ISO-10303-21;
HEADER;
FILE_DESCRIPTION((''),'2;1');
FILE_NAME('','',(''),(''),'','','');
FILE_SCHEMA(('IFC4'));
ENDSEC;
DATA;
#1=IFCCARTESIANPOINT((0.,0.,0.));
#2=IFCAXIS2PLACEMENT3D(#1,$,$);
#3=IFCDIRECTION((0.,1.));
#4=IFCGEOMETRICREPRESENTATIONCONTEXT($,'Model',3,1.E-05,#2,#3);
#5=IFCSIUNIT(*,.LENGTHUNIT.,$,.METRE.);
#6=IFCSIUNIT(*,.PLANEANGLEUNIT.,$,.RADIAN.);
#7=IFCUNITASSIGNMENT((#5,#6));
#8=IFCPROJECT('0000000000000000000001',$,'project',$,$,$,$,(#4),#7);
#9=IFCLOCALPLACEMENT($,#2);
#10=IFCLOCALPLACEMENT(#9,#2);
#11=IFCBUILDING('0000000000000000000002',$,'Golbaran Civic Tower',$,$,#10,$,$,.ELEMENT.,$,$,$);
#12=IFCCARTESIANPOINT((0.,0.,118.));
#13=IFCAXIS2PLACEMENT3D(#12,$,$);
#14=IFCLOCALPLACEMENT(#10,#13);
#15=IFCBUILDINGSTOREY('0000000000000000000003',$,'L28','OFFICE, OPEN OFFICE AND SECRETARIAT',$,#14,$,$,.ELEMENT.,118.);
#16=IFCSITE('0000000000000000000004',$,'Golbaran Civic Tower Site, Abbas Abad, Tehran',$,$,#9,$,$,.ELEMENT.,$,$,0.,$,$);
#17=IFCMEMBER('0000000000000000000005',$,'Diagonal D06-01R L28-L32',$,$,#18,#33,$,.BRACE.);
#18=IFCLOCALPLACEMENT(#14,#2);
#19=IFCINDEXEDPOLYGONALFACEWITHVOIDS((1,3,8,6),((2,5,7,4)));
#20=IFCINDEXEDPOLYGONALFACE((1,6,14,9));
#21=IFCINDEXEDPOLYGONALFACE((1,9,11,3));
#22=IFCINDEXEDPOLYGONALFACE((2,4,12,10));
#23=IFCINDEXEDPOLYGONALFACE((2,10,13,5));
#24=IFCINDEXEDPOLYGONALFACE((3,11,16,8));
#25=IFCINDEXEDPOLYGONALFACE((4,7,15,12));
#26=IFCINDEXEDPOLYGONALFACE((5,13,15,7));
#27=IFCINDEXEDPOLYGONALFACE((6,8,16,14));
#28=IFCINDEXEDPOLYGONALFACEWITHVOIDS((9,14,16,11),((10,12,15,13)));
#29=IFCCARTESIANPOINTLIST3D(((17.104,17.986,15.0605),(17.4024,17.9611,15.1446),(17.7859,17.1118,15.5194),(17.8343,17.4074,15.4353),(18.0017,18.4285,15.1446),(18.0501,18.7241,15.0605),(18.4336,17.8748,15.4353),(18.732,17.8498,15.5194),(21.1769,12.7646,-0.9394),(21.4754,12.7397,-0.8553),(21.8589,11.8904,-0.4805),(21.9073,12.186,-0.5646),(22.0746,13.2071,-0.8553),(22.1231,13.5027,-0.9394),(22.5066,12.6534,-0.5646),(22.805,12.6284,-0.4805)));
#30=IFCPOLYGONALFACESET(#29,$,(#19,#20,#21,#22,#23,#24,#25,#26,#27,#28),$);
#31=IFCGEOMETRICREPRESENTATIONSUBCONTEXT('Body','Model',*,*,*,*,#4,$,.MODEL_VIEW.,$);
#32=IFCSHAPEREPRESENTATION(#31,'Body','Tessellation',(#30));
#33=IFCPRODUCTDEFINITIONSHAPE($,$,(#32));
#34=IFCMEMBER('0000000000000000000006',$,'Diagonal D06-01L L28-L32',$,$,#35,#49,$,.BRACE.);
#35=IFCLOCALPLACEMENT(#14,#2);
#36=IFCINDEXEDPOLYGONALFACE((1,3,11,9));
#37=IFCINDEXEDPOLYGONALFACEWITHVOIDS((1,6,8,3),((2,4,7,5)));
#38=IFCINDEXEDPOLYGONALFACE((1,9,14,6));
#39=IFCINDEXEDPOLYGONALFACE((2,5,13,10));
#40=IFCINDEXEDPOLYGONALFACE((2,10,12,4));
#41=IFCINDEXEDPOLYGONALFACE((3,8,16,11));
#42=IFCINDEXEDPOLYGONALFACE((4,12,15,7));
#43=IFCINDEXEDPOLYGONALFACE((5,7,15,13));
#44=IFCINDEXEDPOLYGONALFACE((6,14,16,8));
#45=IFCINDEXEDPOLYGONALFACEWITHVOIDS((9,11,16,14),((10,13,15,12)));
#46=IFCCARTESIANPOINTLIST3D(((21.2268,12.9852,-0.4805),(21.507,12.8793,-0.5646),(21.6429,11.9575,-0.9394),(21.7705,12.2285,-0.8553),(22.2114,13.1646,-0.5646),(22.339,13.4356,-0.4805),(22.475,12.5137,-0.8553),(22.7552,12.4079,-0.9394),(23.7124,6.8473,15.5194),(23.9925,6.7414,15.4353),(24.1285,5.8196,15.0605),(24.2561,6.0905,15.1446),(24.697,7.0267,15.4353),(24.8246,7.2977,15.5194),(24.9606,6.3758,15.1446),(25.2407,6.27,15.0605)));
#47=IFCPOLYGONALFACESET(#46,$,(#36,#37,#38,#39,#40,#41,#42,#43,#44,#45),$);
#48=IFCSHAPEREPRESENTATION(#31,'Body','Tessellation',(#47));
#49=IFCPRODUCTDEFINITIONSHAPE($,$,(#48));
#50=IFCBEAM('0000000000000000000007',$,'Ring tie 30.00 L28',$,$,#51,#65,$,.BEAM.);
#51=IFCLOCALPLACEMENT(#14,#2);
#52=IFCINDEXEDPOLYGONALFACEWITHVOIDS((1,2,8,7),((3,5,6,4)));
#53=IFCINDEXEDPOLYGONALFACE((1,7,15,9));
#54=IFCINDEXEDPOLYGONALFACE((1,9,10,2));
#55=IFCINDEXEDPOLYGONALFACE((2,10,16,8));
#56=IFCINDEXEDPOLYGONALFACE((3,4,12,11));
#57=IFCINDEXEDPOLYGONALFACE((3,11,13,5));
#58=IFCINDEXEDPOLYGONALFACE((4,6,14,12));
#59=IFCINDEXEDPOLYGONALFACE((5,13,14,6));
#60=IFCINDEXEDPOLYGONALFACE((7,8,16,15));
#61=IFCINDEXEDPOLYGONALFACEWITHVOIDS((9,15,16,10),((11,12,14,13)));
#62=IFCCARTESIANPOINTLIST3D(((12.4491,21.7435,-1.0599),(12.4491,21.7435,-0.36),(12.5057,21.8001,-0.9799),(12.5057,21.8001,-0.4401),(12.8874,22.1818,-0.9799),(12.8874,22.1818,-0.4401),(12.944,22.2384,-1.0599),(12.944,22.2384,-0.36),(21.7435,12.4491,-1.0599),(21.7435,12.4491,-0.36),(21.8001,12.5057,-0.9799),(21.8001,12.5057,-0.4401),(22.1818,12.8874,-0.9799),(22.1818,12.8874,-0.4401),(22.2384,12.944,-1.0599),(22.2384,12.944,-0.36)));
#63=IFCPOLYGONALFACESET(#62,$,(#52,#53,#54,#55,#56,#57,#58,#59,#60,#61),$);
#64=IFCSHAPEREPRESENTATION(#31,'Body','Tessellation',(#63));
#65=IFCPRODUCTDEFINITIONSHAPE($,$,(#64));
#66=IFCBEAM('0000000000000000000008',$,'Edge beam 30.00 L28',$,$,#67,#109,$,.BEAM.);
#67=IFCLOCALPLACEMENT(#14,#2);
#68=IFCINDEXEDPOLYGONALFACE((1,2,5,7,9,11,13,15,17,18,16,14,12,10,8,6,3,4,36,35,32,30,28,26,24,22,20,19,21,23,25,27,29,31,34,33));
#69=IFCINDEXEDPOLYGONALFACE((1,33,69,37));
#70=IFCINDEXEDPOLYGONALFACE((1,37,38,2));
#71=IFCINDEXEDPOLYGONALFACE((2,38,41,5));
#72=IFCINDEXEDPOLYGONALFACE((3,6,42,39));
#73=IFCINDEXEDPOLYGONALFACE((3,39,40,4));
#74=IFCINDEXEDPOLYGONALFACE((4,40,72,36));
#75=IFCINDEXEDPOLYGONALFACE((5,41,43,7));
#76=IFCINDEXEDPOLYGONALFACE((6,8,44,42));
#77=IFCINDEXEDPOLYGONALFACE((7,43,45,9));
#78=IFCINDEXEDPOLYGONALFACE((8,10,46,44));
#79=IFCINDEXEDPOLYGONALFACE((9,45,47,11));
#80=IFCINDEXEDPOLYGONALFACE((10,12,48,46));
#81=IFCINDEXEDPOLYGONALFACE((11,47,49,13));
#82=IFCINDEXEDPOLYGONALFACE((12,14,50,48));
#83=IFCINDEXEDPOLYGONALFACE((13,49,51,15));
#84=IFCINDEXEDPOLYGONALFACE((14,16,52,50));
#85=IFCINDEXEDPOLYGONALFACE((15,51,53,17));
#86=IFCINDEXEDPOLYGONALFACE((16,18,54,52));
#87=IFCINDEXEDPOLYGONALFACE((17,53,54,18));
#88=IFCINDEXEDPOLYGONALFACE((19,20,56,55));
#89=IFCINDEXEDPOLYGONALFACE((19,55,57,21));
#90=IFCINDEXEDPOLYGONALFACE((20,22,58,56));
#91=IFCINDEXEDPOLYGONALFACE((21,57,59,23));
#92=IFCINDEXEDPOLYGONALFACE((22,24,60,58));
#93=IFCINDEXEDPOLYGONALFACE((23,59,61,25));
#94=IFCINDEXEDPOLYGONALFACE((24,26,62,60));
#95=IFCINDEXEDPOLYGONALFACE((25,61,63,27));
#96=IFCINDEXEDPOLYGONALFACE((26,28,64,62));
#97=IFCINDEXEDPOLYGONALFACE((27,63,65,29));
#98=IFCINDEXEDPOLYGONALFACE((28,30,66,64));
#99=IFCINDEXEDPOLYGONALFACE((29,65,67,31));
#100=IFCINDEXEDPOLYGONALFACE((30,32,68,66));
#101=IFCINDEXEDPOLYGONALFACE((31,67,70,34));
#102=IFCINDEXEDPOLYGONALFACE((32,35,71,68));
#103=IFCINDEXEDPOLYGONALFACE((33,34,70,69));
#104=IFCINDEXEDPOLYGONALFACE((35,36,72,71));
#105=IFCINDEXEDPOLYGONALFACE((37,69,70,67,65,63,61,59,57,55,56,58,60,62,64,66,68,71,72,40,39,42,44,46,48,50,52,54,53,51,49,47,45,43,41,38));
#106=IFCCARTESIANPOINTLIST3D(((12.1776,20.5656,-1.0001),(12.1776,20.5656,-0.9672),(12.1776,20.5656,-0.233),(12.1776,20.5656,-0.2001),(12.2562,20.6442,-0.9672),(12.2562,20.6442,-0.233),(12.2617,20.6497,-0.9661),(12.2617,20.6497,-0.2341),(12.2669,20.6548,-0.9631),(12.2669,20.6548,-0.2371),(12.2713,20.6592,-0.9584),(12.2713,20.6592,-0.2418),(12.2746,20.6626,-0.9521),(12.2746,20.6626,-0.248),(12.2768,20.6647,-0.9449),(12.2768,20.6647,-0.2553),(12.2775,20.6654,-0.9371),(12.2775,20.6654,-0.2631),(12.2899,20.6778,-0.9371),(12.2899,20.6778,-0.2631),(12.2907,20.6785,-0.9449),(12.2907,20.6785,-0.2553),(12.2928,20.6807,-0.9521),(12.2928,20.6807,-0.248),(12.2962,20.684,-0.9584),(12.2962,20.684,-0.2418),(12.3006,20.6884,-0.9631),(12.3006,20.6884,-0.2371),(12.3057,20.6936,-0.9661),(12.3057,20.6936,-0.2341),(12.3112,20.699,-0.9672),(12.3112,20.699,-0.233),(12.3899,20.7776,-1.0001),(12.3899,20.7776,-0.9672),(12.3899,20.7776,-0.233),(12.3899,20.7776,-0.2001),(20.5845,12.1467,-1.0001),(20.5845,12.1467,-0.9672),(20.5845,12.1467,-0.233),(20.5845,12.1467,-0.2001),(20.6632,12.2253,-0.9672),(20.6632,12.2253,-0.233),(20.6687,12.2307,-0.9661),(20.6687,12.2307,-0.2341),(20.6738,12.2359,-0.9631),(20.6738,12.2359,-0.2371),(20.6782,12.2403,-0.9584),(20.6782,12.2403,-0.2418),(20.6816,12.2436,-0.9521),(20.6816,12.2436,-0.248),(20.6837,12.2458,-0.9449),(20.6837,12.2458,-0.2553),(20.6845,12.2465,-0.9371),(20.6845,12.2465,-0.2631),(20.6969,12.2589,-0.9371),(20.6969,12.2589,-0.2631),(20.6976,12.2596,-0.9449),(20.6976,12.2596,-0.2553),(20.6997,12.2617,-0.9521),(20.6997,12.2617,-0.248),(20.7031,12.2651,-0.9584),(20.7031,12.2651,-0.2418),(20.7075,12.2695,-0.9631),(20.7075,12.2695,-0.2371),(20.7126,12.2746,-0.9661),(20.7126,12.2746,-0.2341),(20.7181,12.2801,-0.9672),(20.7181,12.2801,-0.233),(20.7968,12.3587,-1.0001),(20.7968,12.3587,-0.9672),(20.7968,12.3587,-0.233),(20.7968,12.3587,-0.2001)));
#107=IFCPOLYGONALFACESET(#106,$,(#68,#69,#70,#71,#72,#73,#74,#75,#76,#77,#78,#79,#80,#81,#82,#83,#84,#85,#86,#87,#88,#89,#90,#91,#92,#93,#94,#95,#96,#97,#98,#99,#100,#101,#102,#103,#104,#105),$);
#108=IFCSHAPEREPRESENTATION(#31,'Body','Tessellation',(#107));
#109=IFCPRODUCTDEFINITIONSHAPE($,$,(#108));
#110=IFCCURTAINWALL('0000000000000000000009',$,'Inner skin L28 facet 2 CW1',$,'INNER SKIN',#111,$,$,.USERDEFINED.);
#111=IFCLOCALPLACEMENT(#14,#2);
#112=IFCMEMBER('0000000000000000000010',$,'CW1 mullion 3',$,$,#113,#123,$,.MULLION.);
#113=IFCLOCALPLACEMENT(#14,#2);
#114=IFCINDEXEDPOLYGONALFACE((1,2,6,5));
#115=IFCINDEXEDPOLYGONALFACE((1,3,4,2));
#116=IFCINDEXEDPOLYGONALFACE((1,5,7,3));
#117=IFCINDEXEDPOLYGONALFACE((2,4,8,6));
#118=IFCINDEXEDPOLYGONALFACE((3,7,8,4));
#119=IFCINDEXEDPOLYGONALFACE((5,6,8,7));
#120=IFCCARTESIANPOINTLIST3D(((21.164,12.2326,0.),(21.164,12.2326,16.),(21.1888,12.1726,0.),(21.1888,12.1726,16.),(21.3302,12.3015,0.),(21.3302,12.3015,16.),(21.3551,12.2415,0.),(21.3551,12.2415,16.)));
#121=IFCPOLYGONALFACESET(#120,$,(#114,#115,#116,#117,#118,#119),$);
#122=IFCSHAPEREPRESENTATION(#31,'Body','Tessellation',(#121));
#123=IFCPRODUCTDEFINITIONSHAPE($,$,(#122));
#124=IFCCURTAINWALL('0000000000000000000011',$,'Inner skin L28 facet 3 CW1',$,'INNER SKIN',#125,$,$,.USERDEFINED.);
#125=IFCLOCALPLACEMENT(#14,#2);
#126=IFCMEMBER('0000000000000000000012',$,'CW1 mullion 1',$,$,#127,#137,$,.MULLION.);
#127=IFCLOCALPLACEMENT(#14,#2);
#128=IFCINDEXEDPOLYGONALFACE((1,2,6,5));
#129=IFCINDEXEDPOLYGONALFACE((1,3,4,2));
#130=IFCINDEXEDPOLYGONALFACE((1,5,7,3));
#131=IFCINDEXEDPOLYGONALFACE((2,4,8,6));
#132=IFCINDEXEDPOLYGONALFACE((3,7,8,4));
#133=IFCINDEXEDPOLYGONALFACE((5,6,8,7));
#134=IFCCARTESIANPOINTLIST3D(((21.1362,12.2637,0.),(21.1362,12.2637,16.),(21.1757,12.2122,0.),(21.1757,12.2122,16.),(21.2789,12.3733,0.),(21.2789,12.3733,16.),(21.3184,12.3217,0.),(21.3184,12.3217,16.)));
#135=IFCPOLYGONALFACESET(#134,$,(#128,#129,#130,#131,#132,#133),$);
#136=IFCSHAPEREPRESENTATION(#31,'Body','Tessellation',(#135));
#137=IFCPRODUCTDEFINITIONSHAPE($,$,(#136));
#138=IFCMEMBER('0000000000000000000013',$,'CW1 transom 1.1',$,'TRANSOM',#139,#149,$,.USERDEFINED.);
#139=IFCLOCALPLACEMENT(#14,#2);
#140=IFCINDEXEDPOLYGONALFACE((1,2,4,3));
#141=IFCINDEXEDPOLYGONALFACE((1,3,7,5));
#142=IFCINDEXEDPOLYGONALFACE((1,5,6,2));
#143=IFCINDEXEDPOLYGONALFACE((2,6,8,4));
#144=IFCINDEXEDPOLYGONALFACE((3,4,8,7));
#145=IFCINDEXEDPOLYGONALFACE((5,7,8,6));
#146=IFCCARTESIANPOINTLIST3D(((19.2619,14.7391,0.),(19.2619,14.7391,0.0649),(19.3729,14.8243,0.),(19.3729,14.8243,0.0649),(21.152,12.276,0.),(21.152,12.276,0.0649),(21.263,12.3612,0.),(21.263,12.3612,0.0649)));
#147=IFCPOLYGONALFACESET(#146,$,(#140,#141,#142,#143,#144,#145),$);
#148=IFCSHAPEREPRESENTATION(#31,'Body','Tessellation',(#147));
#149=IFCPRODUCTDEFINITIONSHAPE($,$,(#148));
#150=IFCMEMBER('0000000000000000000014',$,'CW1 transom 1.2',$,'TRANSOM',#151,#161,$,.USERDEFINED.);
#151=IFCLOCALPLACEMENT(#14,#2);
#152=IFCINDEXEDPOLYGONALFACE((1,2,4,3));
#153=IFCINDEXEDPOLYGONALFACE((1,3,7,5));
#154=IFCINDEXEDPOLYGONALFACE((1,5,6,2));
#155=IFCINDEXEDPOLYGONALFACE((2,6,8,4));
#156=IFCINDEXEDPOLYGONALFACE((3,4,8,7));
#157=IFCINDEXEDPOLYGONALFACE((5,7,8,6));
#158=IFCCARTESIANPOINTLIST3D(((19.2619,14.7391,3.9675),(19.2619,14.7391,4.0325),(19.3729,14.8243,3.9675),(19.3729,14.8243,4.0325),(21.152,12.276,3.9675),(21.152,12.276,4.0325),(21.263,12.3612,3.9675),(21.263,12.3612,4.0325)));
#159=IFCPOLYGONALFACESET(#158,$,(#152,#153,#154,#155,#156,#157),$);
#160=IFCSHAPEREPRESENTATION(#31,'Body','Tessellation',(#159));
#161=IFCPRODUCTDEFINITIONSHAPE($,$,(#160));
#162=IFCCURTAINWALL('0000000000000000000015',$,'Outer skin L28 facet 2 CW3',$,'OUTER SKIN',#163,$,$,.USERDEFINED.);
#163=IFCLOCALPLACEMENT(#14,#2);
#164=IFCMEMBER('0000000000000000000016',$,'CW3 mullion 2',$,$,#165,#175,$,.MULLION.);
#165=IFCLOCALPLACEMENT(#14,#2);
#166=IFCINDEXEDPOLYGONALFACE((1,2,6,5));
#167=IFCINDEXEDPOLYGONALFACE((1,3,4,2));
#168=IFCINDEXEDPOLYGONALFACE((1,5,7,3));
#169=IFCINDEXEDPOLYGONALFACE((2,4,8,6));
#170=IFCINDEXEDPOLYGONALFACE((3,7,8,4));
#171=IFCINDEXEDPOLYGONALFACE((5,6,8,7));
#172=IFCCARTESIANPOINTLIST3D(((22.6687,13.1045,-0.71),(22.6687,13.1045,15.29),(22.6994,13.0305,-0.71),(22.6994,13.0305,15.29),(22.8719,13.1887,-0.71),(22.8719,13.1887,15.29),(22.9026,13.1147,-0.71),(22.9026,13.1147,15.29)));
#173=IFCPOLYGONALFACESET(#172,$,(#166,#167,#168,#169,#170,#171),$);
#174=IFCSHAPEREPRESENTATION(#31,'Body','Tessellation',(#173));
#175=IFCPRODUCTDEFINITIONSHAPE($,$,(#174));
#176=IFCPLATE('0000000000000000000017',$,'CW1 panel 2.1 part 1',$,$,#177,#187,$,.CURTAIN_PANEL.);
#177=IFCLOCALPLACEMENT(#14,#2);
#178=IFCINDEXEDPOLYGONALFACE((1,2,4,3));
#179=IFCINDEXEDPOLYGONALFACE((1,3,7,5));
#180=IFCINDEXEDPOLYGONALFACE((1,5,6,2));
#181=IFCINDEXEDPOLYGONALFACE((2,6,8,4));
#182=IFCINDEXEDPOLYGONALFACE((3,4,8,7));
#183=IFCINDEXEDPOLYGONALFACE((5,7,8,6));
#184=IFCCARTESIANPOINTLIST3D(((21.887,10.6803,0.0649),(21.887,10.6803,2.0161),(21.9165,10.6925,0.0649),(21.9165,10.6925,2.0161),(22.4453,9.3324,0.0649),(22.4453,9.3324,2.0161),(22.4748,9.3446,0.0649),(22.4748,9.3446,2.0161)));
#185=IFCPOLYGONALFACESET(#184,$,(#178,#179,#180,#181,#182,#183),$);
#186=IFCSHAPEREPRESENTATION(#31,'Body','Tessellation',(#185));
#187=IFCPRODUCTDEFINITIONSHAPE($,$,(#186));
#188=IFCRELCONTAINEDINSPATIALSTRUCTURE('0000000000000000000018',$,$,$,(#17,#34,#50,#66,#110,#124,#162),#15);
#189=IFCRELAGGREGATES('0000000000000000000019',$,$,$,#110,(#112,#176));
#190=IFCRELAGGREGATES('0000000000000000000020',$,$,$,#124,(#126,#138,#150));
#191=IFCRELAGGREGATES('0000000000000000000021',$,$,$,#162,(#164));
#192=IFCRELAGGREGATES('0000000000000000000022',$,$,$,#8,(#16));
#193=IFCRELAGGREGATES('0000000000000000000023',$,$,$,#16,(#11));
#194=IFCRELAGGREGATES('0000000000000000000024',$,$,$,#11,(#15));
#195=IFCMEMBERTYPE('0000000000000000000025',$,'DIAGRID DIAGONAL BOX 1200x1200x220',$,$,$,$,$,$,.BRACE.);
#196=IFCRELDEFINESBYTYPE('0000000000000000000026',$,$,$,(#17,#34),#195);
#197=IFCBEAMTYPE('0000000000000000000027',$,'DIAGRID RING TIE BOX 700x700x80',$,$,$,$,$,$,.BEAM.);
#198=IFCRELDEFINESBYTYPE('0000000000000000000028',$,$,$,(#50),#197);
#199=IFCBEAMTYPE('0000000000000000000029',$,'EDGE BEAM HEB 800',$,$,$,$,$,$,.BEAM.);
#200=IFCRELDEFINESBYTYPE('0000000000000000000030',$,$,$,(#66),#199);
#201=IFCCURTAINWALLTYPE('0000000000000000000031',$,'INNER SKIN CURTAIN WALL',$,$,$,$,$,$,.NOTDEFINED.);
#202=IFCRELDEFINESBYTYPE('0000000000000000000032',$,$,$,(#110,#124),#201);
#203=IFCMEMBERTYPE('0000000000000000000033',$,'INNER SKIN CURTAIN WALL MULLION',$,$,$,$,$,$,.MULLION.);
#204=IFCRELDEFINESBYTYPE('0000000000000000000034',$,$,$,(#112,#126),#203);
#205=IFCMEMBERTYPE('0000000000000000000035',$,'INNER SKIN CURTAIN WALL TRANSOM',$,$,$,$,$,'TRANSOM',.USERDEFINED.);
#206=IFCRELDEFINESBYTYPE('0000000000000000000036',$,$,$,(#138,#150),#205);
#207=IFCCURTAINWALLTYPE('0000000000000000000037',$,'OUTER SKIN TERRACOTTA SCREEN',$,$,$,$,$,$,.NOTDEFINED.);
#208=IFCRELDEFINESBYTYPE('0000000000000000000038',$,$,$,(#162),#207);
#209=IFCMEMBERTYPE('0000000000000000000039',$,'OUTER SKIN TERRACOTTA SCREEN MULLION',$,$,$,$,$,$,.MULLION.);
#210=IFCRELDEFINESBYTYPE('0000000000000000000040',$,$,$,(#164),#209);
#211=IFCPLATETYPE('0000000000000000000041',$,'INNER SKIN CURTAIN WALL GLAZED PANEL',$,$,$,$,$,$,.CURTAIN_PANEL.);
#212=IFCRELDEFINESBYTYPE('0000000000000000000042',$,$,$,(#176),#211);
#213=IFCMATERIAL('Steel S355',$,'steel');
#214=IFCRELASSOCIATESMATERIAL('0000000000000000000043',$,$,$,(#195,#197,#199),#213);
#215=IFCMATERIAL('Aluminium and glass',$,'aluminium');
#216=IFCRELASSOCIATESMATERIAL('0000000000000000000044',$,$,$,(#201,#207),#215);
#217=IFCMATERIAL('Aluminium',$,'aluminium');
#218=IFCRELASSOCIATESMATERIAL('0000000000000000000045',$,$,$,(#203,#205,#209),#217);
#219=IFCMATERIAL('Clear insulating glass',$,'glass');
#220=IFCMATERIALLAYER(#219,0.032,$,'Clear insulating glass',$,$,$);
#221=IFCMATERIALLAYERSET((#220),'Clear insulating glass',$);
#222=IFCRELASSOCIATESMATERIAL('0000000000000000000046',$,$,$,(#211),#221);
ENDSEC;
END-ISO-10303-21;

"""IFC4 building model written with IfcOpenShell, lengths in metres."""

from ifc_helpers import new_model, si_unit, direction, frame, origin, origin_2d, place, context, subcontext, project, spatial, rectangle, hollow_rectangle, i_section, extrude, material, layer, layer_set, material_profile, profile_set, type_object, element, aggregate, save


model = new_model("IFC4")

# Units and contexts
model_context = context("Model", 3, precision=1e-05, world=origin(), true_north=direction((0.0, 1.0)))
body_context = subcontext(model_context, "Body", "Model", "MODEL_VIEW")
ifc_project = project(units=[si_unit("LENGTHUNIT", "METRE"), si_unit("PLANEANGLEUNIT", "RADIAN")], contexts=[model_context])

# Site, building, storey
site_placement = place(None, origin())
site = spatial("IfcSite", under=ifc_project, at=site_placement, Name="Golbaran Civic Tower Site, Abbas Abad, Tehran", CompositionType="ELEMENT", RefElevation=0.0)
building_placement = place(site_placement, origin())
building = spatial("IfcBuilding", under=site, at=building_placement, Name="Golbaran Civic Tower", CompositionType="ELEMENT")
storey_placement = place(building_placement, frame((0.0, 0.0, 118.0)))
storey = spatial("IfcBuildingStorey", under=building, at=storey_placement, Name="L28", Description="OFFICE, OPEN OFFICE AND SECRETARIAT", CompositionType="ELEMENT", Elevation=118.0)

# Members
ifc_material_1 = material(Name="Steel S355", Category="steel")
ifc_material_profile_1 = material_profile(ifc_material_1, hollow_rectangle(XDim=1.2, YDim=1.2, WallThickness=0.22, at=origin_2d()), Name="BOX 1200x1200x220")
ifc_profile_set_1 = profile_set([ifc_material_profile_1], Name="Steel S355")
member_type_1 = type_object("IfcMemberType", Name="DIAGRID DIAGONAL BOX 1200x1200x220", PredefinedType="BRACE", material=ifc_profile_set_1)
for number, where, z_axis, x_axis, name in (
    (1, (21.991, 12.6965, -0.71), (-0.235212, 0.301534, 0.923987), (-0.788482, -0.615058, 0.0), "Diagonal D06-01R L28-L32"),
    (2, (21.991, 12.6965, -0.71), (0.143541, -0.354461, 0.923988), (0.926884, 0.375347, 0.0), "Diagonal D06-01L L28-L32"),
):
    element("IfcMember", number, at=place(storey_placement, frame(where, z_axis=z_axis, x_axis=x_axis)), inside=storey, type_object=member_type_1, Name=name, PredefinedType="BRACE", context=body_context, shape_type="SweptSolid", body=[
        extrude(hollow_rectangle(XDim=1.2, YDim=1.2, WallThickness=0.22, at=origin_2d()), origin(), (0.0, 0.0, 1.0), 17.3162),
    ])

# Beams
ifc_material_profile_2 = material_profile(ifc_material_1, hollow_rectangle(XDim=0.7, YDim=0.7, WallThickness=0.0801, at=origin_2d()), Name="BOX 700x700x80")
ifc_profile_set_2 = profile_set([ifc_material_profile_2], Name="Steel S355")
beam_type_1 = type_object("IfcBeamType", Name="DIAGRID RING TIE BOX 700x700x80", PredefinedType="BEAM", material=ifc_profile_set_2)
beam_1_placement = place(storey_placement, frame((21.991, 12.6965, -0.71), z_axis=(-0.707107, 0.707107, 0.0), x_axis=(-0.707107, -0.707107, 0.0)))
element("IfcBeam", 3, at=beam_1_placement, inside=storey, type_object=beam_type_1, Name="Ring tie 30.00 L28", PredefinedType="BEAM", context=body_context, shape_type="SweptSolid", body=[
    extrude(hollow_rectangle(XDim=0.7, YDim=0.7, WallThickness=0.0801, at=origin_2d()), origin(), (0.0, 0.0, 1.0), 13.1443),
])
ifc_material_profile_3 = material_profile(ifc_material_1, i_section(OverallWidth=0.3, OverallDepth=0.8, WebThickness=0.0176, FlangeThickness=0.033, FilletRadius=0.03, at=origin_2d()), Name="HEB 800")
ifc_profile_set_3 = profile_set([ifc_material_profile_3], Name="Steel S355")
beam_type_2 = type_object("IfcBeamType", Name="EDGE BEAM HEB 800", PredefinedType="BEAM", material=ifc_profile_set_3)
beam_2_placement = place(storey_placement, frame((20.6907, 12.2527, -0.6001), z_axis=(-0.706604, 0.707609, 0.0), x_axis=(-0.707609, -0.706604, 0.0)))
element("IfcBeam", 4, at=beam_2_placement, inside=storey, type_object=beam_type_2, Name="Edge beam 30.00 L28", PredefinedType="BEAM", context=body_context, shape_type="SweptSolid", body=[
    extrude(i_section(OverallWidth=0.3, OverallDepth=0.8, WebThickness=0.0176, FlangeThickness=0.033, FilletRadius=0.03, at=origin_2d()), origin(), (0.0, 0.0, 1.0), 11.8977),
])

# Curtain wall, member
ifc_material_2 = material(Name="Aluminium and glass", Category="aluminium")
curtain_wall_type_1 = type_object("IfcCurtainWallType", Name="INNER SKIN CURTAIN WALL", PredefinedType="NOTDEFINED", material=ifc_material_2)
curtain_wall_1_placement = place(storey_placement, origin())
curtain_wall_1 = element("IfcCurtainWall", 5, at=curtain_wall_1_placement, inside=storey, type_object=curtain_wall_type_1, Name="Inner skin L28 facet 2 CW1", ObjectType="INNER SKIN", PredefinedType="USERDEFINED")
ifc_material_3 = material(Name="Aluminium", Category="aluminium")
ifc_material_profile_4 = material_profile(ifc_material_3, rectangle(XDim=0.1799, YDim=0.0649, at=origin_2d()), Name="INNER SKIN CURTAIN WALL MULLION")
ifc_profile_set_4 = profile_set([ifc_material_profile_4], Name="Aluminium")
member_type_2 = type_object("IfcMemberType", Name="INNER SKIN CURTAIN WALL MULLION", PredefinedType="MULLION", material=ifc_profile_set_4)
member_1_placement = place(storey_placement, frame((21.2595, 12.2371, 0.0), z_axis=(0.0, 0.0, 1.0), x_axis=(-0.92388, -0.382683, 0.0)))
member_1 = element("IfcMember", 6, at=member_1_placement, type_object=member_type_2, Name="CW1 mullion 3", PredefinedType="MULLION", context=body_context, shape_type="SweptSolid", body=[
    extrude(rectangle(XDim=0.1799, YDim=0.0649, at=origin_2d()), origin(), (0.0, 0.0, 1.0), 16.0),
])

# Curtain wall, members
curtain_wall_2_placement = place(storey_placement, origin())
curtain_wall_2 = element("IfcCurtainWall", 7, at=curtain_wall_2_placement, inside=storey, type_object=curtain_wall_type_1, Name="Inner skin L28 facet 3 CW1", ObjectType="INNER SKIN", PredefinedType="USERDEFINED")
member_2_placement = place(storey_placement, frame((21.2273, 12.2927, 0.0), z_axis=(0.0, 0.0, 1.0), x_axis=(-0.793353, -0.608761, 0.0)))
member_2 = element("IfcMember", 8, at=member_2_placement, type_object=member_type_2, Name="CW1 mullion 1", PredefinedType="MULLION", context=body_context, shape_type="SweptSolid", body=[
    extrude(rectangle(XDim=0.1799, YDim=0.0649, at=origin_2d()), origin(), (0.0, 0.0, 1.0), 16.0),
])
ifc_material_profile_5 = material_profile(ifc_material_3, rectangle(XDim=0.1399, YDim=0.0649, at=origin_2d()), Name="INNER SKIN CURTAIN WALL TRANSOM")
ifc_profile_set_5 = profile_set([ifc_material_profile_5], Name="Aluminium")
member_type_3 = type_object("IfcMemberType", Name="INNER SKIN CURTAIN WALL TRANSOM", ElementType="TRANSOM", PredefinedType="USERDEFINED", material=ifc_profile_set_5)
member_3_placement = place(storey_placement, frame((21.2075, 12.3186, 0.0325), z_axis=(-0.608783, 0.793337, 0.0), x_axis=(-0.793337, -0.608783, 0.0)))
member_3 = element("IfcMember", 9, at=member_3_placement, type_object=member_type_3, Name="CW1 transom 1.1", ObjectType="TRANSOM", PredefinedType="USERDEFINED", context=body_context, shape_type="SweptSolid", body=[
    extrude(rectangle(XDim=0.1399, YDim=0.0649, at=origin_2d()), origin(), (0.0, 0.0, 1.0), 3.1047),
])
member_4_placement = place(storey_placement, frame((21.2075, 12.3186, 4.0), z_axis=(-0.608783, 0.793337, 0.0), x_axis=(-0.793337, -0.608783, 0.0)))
member_4 = element("IfcMember", 10, at=member_4_placement, type_object=member_type_3, Name="CW1 transom 1.2", ObjectType="TRANSOM", PredefinedType="USERDEFINED", context=body_context, shape_type="SweptSolid", body=[
    extrude(rectangle(XDim=0.1399, YDim=0.0649, at=origin_2d()), origin(), (0.0, 0.0, 1.0), 3.1047),
])

# Curtain wall, member
curtain_wall_type_2 = type_object("IfcCurtainWallType", Name="OUTER SKIN TERRACOTTA SCREEN", PredefinedType="NOTDEFINED", material=ifc_material_2)
curtain_wall_3_placement = place(storey_placement, origin())
curtain_wall_3 = element("IfcCurtainWall", 11, at=curtain_wall_3_placement, inside=storey, type_object=curtain_wall_type_2, Name="Outer skin L28 facet 2 CW3", ObjectType="OUTER SKIN", PredefinedType="USERDEFINED")
ifc_material_profile_6 = material_profile(ifc_material_3, rectangle(XDim=0.22, YDim=0.0801, at=origin_2d()), Name="OUTER SKIN TERRACOTTA SCREEN MULLION")
ifc_profile_set_6 = profile_set([ifc_material_profile_6], Name="Aluminium")
member_type_4 = type_object("IfcMemberType", Name="OUTER SKIN TERRACOTTA SCREEN MULLION", PredefinedType="MULLION", material=ifc_profile_set_6)
member_5_placement = place(storey_placement, frame((22.7856, 13.1096, -0.71), z_axis=(0.0, 0.0, 1.0), x_axis=(-0.92388, -0.382683, 0.0)))
member_5 = element("IfcMember", 12, at=member_5_placement, type_object=member_type_4, Name="CW3 mullion 2", PredefinedType="MULLION", context=body_context, shape_type="SweptSolid", body=[
    extrude(rectangle(XDim=0.22, YDim=0.0801, at=origin_2d()), origin(), (0.0, 0.0, 1.0), 16.0),
])

# Plate
ifc_material_4 = material(Name="Clear insulating glass", Category="glass")
ifc_layer_1 = layer(ifc_material_4, 0.032, Name="Clear insulating glass")
ifc_layer_set_1 = layer_set([ifc_layer_1], Name="Clear insulating glass")
plate_type_1 = type_object("IfcPlateType", Name="INNER SKIN CURTAIN WALL GLAZED PANEL", PredefinedType="CURTAIN_PANEL", material=ifc_layer_set_1)
plate_1_placement = place(storey_placement, frame((22.1809, 10.0125, 0.0649), z_axis=(0.0, 0.0, 1.0), x_axis=(-0.382683, 0.92388, 0.0)))
plate_1 = element("IfcPlate", 13, at=plate_1_placement, type_object=plate_type_1, Name="CW1 panel 2.1 part 1", PredefinedType="CURTAIN_PANEL", context=body_context, shape_type="SweptSolid", body=[
    extrude(rectangle(XDim=1.459, YDim=0.032, at=origin_2d()), origin(), (0.0, 0.0, 1.0), 1.9512),
])
aggregate(curtain_wall_1, [member_1, plate_1])
aggregate(curtain_wall_2, [member_2, member_3, member_4])
aggregate(curtain_wall_3, [member_5])

save(model, "model.ifc")
